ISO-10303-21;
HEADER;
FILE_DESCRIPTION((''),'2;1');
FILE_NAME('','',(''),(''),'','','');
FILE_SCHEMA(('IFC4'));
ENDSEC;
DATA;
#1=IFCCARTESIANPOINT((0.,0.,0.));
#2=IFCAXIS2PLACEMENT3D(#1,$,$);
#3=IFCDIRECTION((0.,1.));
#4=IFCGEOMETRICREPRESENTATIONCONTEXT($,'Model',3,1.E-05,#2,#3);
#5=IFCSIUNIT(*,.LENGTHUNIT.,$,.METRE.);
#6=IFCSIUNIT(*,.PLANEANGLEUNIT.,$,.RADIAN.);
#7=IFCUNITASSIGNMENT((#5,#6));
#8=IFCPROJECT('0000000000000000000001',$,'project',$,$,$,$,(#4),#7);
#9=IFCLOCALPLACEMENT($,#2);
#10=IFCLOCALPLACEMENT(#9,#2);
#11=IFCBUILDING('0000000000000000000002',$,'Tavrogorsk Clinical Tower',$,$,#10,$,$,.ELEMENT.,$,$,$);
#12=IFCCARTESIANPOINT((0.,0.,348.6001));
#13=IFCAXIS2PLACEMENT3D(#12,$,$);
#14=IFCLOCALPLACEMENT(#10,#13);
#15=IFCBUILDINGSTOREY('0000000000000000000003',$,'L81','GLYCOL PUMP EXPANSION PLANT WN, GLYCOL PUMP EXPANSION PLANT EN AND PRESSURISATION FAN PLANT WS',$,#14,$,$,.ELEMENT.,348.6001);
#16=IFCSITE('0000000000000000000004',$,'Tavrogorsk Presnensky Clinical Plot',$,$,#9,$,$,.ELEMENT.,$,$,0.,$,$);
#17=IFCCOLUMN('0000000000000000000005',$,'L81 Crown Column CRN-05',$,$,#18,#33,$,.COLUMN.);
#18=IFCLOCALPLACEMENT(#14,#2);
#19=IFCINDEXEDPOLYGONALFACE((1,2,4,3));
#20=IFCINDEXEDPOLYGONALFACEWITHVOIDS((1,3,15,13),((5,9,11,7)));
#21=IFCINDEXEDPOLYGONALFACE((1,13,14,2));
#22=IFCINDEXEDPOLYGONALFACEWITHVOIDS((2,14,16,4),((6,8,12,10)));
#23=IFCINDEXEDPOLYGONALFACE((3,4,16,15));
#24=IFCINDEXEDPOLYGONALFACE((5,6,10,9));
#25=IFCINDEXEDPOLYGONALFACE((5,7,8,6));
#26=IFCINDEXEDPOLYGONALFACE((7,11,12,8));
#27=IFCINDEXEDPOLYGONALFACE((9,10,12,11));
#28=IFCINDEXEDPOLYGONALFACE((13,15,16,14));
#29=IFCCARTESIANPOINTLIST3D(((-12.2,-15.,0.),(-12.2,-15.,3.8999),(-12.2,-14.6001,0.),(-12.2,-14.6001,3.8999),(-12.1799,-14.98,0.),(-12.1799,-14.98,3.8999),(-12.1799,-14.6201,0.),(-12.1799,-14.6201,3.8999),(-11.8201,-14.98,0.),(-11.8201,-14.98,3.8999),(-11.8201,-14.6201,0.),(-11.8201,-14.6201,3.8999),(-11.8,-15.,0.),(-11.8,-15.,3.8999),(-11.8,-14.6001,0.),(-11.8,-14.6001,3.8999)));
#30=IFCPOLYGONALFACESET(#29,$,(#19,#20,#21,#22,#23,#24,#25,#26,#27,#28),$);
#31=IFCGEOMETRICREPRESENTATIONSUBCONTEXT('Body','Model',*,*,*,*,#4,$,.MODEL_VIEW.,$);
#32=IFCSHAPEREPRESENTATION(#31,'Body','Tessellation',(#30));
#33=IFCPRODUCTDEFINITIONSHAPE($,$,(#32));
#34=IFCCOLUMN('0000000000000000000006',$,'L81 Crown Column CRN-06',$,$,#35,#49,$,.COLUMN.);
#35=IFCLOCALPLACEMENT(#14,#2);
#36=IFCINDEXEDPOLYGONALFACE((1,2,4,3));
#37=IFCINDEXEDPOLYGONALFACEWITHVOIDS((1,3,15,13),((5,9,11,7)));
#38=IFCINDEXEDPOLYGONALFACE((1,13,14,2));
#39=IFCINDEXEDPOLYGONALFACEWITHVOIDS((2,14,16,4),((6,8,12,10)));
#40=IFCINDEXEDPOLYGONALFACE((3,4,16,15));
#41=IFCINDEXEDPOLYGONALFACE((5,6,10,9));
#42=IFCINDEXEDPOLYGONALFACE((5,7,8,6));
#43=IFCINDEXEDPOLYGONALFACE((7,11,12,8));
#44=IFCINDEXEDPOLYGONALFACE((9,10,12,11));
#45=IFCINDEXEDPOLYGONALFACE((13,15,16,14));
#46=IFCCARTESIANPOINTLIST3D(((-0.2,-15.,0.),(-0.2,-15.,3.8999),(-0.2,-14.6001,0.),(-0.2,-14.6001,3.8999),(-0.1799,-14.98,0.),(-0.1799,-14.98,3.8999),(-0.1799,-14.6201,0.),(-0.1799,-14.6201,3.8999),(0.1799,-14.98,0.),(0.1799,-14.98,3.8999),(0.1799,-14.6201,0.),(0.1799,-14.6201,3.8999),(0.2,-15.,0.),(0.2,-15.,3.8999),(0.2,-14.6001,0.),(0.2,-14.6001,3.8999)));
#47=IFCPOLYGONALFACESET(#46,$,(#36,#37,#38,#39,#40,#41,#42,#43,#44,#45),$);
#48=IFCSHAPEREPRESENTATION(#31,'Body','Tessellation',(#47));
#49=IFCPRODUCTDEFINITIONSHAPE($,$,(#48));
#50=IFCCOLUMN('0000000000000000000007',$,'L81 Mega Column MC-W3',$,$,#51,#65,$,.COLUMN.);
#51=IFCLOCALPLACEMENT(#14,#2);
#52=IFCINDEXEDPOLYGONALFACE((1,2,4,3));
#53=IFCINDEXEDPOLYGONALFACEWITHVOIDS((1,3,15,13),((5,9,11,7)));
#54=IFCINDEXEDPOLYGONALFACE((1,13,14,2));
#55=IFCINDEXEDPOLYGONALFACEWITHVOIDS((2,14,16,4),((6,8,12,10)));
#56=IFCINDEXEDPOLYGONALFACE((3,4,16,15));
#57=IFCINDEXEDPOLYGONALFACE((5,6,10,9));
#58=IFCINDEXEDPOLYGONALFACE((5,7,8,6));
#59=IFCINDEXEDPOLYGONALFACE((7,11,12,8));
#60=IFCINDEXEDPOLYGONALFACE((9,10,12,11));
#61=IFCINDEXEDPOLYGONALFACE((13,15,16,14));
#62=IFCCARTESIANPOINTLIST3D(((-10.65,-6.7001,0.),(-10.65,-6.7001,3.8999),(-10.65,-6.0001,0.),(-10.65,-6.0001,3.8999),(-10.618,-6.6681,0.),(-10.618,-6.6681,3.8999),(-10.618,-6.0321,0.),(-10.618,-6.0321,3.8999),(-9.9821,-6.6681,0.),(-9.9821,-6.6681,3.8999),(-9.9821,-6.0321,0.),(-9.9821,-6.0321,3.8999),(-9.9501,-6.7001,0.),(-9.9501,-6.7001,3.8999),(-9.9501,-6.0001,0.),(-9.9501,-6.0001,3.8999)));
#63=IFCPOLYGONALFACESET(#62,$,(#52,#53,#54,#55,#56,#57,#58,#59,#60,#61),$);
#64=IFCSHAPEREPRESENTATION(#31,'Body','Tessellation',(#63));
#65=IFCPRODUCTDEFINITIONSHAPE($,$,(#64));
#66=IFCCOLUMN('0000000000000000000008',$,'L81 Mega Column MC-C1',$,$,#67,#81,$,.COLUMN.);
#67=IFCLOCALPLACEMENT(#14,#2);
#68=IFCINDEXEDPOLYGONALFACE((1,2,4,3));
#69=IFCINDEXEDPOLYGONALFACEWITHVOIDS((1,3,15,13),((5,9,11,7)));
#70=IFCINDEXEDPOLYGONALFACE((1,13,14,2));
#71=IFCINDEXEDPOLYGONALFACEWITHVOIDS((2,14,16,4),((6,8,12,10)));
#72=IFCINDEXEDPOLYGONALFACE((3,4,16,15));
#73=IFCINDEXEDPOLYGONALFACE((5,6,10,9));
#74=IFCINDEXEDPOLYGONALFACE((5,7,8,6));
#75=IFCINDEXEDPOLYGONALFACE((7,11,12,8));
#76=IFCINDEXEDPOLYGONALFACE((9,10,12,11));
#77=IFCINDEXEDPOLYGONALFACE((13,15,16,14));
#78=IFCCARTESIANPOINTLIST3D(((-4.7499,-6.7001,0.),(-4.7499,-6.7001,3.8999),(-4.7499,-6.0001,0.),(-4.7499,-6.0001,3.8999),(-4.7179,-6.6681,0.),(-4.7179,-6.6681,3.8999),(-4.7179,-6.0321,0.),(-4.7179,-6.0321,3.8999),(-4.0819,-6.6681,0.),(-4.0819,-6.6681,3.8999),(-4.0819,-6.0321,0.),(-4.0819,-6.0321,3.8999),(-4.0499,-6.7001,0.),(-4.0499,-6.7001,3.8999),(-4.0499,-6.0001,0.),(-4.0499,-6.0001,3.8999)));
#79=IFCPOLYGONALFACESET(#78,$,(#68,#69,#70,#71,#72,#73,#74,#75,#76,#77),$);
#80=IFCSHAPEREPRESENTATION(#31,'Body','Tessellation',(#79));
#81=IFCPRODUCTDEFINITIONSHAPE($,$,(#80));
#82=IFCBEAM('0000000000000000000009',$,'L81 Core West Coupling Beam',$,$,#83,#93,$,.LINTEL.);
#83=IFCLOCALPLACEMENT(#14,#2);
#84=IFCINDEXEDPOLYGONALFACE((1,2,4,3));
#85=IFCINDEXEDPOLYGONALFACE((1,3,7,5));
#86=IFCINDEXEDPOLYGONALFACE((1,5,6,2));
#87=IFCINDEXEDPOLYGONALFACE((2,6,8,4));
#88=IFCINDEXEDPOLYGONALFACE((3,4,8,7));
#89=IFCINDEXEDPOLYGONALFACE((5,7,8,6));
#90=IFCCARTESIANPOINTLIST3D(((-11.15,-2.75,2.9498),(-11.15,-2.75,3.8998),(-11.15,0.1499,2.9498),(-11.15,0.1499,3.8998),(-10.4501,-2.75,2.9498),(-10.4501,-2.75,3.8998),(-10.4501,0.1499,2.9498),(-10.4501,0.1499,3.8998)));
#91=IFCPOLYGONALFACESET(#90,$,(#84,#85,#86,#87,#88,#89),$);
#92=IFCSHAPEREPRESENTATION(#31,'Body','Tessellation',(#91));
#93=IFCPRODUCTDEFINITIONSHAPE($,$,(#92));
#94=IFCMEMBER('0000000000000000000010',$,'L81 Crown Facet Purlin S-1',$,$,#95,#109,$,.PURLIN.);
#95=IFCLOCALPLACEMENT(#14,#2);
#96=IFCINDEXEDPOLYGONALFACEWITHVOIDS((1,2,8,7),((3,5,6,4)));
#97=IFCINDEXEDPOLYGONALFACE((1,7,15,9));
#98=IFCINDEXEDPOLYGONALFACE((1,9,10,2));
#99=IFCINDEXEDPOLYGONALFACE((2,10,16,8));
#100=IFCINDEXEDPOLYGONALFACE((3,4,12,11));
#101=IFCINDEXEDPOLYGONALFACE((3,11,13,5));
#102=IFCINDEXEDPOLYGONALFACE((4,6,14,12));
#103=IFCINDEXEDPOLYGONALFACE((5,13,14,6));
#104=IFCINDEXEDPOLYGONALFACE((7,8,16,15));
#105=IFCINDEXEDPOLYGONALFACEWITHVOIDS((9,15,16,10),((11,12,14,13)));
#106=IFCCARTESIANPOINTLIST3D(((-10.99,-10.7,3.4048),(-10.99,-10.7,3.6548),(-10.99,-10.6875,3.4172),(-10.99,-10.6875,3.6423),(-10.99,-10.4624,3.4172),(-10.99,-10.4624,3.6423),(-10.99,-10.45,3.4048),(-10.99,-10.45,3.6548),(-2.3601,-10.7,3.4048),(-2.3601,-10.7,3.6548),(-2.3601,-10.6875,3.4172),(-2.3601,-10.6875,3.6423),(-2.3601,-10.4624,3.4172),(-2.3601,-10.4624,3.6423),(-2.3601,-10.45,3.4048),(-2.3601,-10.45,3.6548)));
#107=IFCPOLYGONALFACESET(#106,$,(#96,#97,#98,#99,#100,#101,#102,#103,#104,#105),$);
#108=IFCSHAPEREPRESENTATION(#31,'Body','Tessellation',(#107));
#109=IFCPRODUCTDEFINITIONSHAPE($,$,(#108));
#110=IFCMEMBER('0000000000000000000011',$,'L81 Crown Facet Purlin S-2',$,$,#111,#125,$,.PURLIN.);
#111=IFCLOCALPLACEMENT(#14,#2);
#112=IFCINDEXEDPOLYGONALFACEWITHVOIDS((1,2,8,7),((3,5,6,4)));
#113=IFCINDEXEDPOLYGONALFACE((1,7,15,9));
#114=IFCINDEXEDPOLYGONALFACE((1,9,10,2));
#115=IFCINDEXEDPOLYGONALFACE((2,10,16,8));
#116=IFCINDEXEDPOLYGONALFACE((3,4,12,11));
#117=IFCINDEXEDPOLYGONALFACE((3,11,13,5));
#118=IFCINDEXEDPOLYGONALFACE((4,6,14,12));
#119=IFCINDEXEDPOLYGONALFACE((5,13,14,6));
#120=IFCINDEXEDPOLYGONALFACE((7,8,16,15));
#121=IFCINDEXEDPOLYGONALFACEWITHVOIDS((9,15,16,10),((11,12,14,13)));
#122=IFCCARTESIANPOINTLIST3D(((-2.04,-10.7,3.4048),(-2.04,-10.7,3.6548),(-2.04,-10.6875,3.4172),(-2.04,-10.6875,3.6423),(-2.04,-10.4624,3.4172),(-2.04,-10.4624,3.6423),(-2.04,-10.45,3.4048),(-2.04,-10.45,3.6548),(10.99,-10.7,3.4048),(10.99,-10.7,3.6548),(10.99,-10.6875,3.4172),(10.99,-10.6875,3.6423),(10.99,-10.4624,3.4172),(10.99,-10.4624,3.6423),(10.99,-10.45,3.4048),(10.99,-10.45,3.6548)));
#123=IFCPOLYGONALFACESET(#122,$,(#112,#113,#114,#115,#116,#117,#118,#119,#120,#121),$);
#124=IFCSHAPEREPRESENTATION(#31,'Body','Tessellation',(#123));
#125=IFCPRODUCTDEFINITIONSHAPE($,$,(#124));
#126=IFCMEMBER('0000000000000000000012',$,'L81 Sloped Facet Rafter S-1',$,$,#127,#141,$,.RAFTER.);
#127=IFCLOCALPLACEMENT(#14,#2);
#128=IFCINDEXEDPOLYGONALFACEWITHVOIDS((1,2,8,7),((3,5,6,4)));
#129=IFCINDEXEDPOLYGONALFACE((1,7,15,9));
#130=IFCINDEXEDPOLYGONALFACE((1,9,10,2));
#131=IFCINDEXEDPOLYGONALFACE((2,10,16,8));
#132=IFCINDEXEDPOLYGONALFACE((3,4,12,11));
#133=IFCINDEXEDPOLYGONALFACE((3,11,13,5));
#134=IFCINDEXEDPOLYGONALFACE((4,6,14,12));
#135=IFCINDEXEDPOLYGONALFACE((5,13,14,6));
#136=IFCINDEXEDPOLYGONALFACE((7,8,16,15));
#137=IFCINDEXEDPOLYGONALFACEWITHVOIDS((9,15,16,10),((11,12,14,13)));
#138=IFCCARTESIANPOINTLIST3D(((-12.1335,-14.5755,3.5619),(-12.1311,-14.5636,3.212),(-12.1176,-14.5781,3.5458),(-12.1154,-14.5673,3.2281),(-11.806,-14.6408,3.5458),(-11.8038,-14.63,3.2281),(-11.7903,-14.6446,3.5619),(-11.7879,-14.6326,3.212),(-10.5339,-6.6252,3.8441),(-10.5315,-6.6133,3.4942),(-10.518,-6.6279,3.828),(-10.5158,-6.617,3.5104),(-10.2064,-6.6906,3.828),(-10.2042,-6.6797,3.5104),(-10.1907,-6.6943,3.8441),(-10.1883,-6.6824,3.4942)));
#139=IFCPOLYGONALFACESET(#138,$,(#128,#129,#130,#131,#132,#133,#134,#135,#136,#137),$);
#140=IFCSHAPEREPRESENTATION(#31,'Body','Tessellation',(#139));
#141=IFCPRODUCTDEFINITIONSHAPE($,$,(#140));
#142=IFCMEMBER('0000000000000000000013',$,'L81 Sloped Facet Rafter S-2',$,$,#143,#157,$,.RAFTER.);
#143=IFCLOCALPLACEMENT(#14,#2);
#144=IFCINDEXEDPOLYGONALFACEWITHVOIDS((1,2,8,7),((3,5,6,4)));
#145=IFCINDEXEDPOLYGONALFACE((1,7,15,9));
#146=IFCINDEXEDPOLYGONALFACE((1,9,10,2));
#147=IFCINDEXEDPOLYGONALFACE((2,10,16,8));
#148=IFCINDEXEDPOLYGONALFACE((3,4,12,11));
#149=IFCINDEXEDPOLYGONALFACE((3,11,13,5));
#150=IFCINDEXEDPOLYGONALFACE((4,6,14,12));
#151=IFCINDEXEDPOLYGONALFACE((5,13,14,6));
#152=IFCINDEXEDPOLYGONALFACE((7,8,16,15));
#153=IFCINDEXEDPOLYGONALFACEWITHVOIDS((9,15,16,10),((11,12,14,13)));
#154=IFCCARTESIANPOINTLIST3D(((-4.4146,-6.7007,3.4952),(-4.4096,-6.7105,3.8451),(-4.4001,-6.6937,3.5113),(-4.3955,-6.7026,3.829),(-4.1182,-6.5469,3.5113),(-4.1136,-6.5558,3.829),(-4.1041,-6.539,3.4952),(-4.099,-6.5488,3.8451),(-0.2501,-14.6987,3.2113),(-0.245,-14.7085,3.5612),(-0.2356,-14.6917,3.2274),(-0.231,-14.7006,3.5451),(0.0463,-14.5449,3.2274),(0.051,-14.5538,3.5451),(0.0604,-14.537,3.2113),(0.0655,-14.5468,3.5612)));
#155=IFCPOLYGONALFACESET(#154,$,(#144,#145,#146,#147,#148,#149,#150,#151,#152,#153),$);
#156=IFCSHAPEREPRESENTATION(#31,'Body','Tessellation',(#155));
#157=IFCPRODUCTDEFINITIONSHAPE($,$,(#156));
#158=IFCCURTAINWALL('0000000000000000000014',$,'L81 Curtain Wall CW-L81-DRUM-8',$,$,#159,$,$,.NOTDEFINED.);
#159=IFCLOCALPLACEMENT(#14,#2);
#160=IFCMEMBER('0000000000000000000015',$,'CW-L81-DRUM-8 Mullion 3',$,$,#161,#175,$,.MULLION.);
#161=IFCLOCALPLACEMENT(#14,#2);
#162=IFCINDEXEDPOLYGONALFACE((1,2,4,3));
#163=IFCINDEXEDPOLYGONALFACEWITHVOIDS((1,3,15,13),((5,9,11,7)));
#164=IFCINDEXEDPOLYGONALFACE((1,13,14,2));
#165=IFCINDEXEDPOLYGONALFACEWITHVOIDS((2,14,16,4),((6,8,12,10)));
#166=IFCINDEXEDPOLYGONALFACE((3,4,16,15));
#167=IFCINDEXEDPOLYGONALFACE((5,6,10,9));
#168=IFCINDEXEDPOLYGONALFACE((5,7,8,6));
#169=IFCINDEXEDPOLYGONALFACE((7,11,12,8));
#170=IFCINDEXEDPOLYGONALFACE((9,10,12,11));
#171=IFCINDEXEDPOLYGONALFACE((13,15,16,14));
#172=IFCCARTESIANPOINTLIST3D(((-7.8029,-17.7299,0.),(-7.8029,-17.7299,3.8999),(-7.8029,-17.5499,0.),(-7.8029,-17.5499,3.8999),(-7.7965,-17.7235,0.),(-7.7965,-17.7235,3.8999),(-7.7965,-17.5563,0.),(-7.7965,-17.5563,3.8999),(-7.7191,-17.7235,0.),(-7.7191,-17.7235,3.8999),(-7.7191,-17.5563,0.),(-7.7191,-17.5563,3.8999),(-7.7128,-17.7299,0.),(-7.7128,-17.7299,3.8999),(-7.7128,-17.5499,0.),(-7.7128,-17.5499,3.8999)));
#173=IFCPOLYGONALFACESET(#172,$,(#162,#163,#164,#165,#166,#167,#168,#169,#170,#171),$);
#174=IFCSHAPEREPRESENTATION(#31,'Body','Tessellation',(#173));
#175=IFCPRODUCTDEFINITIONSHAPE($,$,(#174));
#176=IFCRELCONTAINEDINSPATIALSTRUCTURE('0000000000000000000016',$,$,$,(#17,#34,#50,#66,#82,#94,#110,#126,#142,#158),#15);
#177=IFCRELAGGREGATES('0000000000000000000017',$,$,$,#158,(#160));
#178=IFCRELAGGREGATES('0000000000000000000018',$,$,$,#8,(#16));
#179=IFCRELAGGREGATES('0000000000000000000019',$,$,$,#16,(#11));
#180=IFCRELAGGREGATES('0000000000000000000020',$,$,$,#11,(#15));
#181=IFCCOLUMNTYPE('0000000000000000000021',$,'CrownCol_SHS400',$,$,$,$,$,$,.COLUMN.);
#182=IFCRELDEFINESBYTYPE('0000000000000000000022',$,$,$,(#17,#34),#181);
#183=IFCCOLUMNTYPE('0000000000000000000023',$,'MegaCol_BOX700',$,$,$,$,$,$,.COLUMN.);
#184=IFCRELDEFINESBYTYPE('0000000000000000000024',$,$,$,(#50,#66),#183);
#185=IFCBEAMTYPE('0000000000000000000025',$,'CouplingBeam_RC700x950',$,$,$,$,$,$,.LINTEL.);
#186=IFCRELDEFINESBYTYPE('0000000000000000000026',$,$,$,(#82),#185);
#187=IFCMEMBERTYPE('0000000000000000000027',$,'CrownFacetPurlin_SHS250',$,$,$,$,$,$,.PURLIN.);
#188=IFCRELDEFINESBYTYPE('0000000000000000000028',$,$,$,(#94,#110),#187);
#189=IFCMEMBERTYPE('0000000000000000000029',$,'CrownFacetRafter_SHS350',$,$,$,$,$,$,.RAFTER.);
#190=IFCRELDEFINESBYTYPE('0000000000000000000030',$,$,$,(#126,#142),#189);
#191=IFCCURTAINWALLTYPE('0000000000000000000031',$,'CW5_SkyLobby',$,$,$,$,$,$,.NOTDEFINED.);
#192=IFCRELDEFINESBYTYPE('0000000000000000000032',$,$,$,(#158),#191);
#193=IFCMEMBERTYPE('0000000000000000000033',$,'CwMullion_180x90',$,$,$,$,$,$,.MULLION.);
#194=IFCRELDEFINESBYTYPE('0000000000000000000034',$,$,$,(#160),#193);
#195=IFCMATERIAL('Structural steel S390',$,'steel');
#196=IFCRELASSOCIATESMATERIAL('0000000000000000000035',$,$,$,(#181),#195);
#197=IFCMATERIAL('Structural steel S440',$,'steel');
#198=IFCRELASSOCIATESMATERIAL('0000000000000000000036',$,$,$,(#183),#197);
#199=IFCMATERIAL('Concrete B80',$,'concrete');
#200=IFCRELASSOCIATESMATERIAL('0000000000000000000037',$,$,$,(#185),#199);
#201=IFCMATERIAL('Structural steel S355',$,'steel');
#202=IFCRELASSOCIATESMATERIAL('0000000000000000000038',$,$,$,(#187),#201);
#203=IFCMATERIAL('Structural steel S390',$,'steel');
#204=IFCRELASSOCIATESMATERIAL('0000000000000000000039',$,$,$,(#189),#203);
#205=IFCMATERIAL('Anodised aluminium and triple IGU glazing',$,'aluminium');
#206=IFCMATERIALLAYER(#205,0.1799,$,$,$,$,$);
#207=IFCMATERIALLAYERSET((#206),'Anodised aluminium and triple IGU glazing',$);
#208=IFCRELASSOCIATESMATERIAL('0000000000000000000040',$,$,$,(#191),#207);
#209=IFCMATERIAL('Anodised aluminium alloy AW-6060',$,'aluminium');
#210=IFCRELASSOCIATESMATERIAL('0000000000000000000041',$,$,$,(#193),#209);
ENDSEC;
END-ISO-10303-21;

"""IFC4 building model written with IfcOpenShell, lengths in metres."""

from ifc_helpers import new_model, si_unit, direction, frame, origin, origin_2d, place, context, subcontext, project, spatial, rectangle, hollow_rectangle, extrude, material, layer, layer_set, material_profile, profile_set, type_object, element, aggregate, save


model = new_model("IFC4")

# Units and contexts
model_context = context("Model", 3, precision=1e-05, world=origin(), true_north=direction((0.0, 1.0)))
body_context = subcontext(model_context, "Body", "Model", "MODEL_VIEW")
ifc_project = project(units=[si_unit("LENGTHUNIT", "METRE"), si_unit("PLANEANGLEUNIT", "RADIAN")], contexts=[model_context])

# Site, building, storey
site_placement = place(None, origin())
site = spatial("IfcSite", under=ifc_project, at=site_placement, Name="Tavrogorsk Presnensky Clinical Plot", CompositionType="ELEMENT", RefElevation=0.0)
building_placement = place(site_placement, origin())
building = spatial("IfcBuilding", under=site, at=building_placement, Name="Tavrogorsk Clinical Tower", CompositionType="ELEMENT")
storey_placement = place(building_placement, frame((0.0, 0.0, 348.6001)))
storey = spatial("IfcBuildingStorey", under=building, at=storey_placement, Name="L81", Description="GLYCOL PUMP EXPANSION PLANT WN, GLYCOL PUMP EXPANSION PLANT EN AND PRESSURISATION FAN PLANT WS", CompositionType="ELEMENT", Elevation=348.6001)

# Columns
ifc_material_1 = material(Name="Structural steel S390", Category="steel")
ifc_material_profile_1 = material_profile(ifc_material_1, hollow_rectangle(XDim=0.3999, YDim=0.3999, WallThickness=0.02, at=origin_2d()), Name="SHS-400x400x20")
ifc_profile_set_1 = profile_set([ifc_material_profile_1], Name="Structural steel S390")
column_type_1 = type_object("IfcColumnType", Name="CrownCol_SHS400", PredefinedType="COLUMN", material=ifc_profile_set_1)
for number, where, z_axis, x_axis, name in (
    (1, (-12.0, -14.8, 0.0), (0.0, 0.0, 1.0), (1.0, 0.0, 0.0), "L81 Crown Column CRN-05"),
    (2, (0.0, -14.8, 0.0), (0.0, 0.0, 1.0), (1.0, 0.0, 0.0), "L81 Crown Column CRN-06"),
):
    element("IfcColumn", number, at=place(storey_placement, frame(where, z_axis=z_axis, x_axis=x_axis)), inside=storey, type_object=column_type_1, Name=name, PredefinedType="COLUMN", context=body_context, shape_type="SweptSolid", body=[
        extrude(hollow_rectangle(XDim=0.3999, YDim=0.3999, WallThickness=0.02, at=origin_2d()), origin(), (0.0, 0.0, 1.0), 3.8999),
    ])
ifc_material_2 = material(Name="Structural steel S440", Category="steel")
ifc_material_profile_2 = material_profile(ifc_material_2, hollow_rectangle(XDim=0.7, YDim=0.7, WallThickness=0.032, at=origin_2d()), Name="BOX-700x700x32")
ifc_profile_set_2 = profile_set([ifc_material_profile_2], Name="Structural steel S440")
column_type_2 = type_object("IfcColumnType", Name="MegaCol_BOX700", PredefinedType="COLUMN", material=ifc_profile_set_2)
for number, where, z_axis, x_axis, name in (
    (3, (-10.3, -6.3501, 0.0), (0.0, 0.0, 1.0), (1.0, 0.0, 0.0), "L81 Mega Column MC-W3"),
    (4, (-4.3999, -6.3501, 0.0), (0.0, 0.0, 1.0), (1.0, 0.0, 0.0), "L81 Mega Column MC-C1"),
):
    element("IfcColumn", number, at=place(storey_placement, frame(where, z_axis=z_axis, x_axis=x_axis)), inside=storey, type_object=column_type_2, Name=name, PredefinedType="COLUMN", context=body_context, shape_type="SweptSolid", body=[
        extrude(hollow_rectangle(XDim=0.7, YDim=0.7, WallThickness=0.032, at=origin_2d()), origin(), (0.0, 0.0, 1.0), 3.8999),
    ])

# Beam
ifc_material_3 = material(Name="Concrete B80", Category="concrete")
ifc_material_profile_3 = material_profile(ifc_material_3, rectangle(XDim=0.7, YDim=0.95, at=origin_2d()), Name="RC-CB-700x950")
ifc_profile_set_3 = profile_set([ifc_material_profile_3], Name="Concrete B80")
beam_type_1 = type_object("IfcBeamType", Name="CouplingBeam_RC700x950", PredefinedType="LINTEL", material=ifc_profile_set_3)
beam_1_placement = place(storey_placement, frame((-10.8, -2.75, 3.4248), z_axis=(0.0, 1.0, 0.0), x_axis=(-1.0, 0.0, 0.0)))
element("IfcBeam", 5, at=beam_1_placement, inside=storey, type_object=beam_type_1, Name="L81 Core West Coupling Beam", PredefinedType="LINTEL", context=body_context, shape_type="SweptSolid", body=[
    extrude(rectangle(XDim=0.7, YDim=0.95, at=origin_2d()), origin(), (0.0, 0.0, 1.0), 2.8999),
])

# Members
ifc_material_4 = material(Name="Structural steel S355", Category="steel")
ifc_material_profile_4 = material_profile(ifc_material_4, hollow_rectangle(XDim=0.25, YDim=0.25, WallThickness=0.0125, at=origin_2d()), Name="SHS-250x250x12.5")
ifc_profile_set_4 = profile_set([ifc_material_profile_4], Name="Structural steel S355")
member_type_1 = type_object("IfcMemberType", Name="CrownFacetPurlin_SHS250", PredefinedType="PURLIN", material=ifc_profile_set_4)
member_1_placement = place(storey_placement, frame((-10.99, -10.575, 3.5298), z_axis=(1.0, 0.0, 0.0), x_axis=(0.0, 1.0, 0.0)))
element("IfcMember", 6, at=member_1_placement, inside=storey, type_object=member_type_1, Name="L81 Crown Facet Purlin S-1", PredefinedType="PURLIN", context=body_context, shape_type="SweptSolid", body=[
    extrude(hollow_rectangle(XDim=0.25, YDim=0.25, WallThickness=0.0125, at=origin_2d()), origin(), (0.0, 0.0, 1.0), 8.6299),
])
member_2_placement = place(storey_placement, frame((-2.04, -10.575, 3.5298), z_axis=(1.0, 0.0, 0.0), x_axis=(0.0, 1.0, 0.0)))
element("IfcMember", 7, at=member_2_placement, inside=storey, type_object=member_type_1, Name="L81 Crown Facet Purlin S-2", PredefinedType="PURLIN", context=body_context, shape_type="SweptSolid", body=[
    extrude(hollow_rectangle(XDim=0.25, YDim=0.25, WallThickness=0.0125, at=origin_2d()), origin(), (0.0, 0.0, 1.0), 13.03),
])
ifc_material_5 = material(Name="Structural steel S390", Category="steel")
ifc_material_profile_5 = material_profile(ifc_material_5, hollow_rectangle(XDim=0.3501, YDim=0.3501, WallThickness=0.0161, at=origin_2d()), Name="SHS-350x350x16")
ifc_profile_set_5 = profile_set([ifc_material_profile_5], Name="Structural steel S390")
member_type_2 = type_object("IfcMemberType", Name="CrownFacetRafter_SHS350", PredefinedType="RAFTER", material=ifc_profile_set_5)
member_3_placement = place(storey_placement, frame((-10.3611, -6.6538, 3.6692), z_axis=(-0.197131, -0.97976, -0.034781), x_axis=(0.980353, -0.197251, 0.0)))
element("IfcMember", 8, at=member_3_placement, inside=storey, type_object=member_type_2, Name="L81 Sloped Facet Rafter S-1", PredefinedType="RAFTER", context=body_context, shape_type="SweptSolid", body=[
    extrude(hollow_rectangle(XDim=0.3501, YDim=0.3501, WallThickness=0.0161, at=origin_2d()), origin(), (0.0, 0.0, 1.0), 8.1145),
])
member_4_placement = place(storey_placement, frame((-4.2568, -6.6248, 3.6702), z_axis=(0.46161, -0.886525, -0.031472), x_axis=(0.886964, 0.461839, 0.0)))
element("IfcMember", 9, at=member_4_placement, inside=storey, type_object=member_type_2, Name="L81 Sloped Facet Rafter S-2", PredefinedType="RAFTER", context=body_context, shape_type="SweptSolid", body=[
    extrude(hollow_rectangle(XDim=0.3501, YDim=0.3501, WallThickness=0.0161, at=origin_2d()), origin(), (0.0, 0.0, 1.0), 9.0217),
])

# Curtain wall, member
ifc_material_6 = material(Name="Anodised aluminium and triple IGU glazing", Category="aluminium")
ifc_layer_1 = layer(ifc_material_6, 0.1799)
ifc_layer_set_1 = layer_set([ifc_layer_1], Name="Anodised aluminium and triple IGU glazing")
curtain_wall_type = type_object("IfcCurtainWallType", Name="CW5_SkyLobby", PredefinedType="NOTDEFINED", material=ifc_layer_set_1)
curtain_wall_placement = place(storey_placement, origin())
curtain_wall = element("IfcCurtainWall", 10, at=curtain_wall_placement, inside=storey, type_object=curtain_wall_type, Name="L81 Curtain Wall CW-L81-DRUM-8", PredefinedType="NOTDEFINED")
ifc_material_7 = material(Name="Anodised aluminium alloy AW-6060", Category="aluminium")
ifc_material_profile_6 = material_profile(ifc_material_7, hollow_rectangle(XDim=0.0901, YDim=0.1799, WallThickness=0.0063, at=origin_2d()), Name="RHS-180x90x6.3")
ifc_profile_set_6 = profile_set([ifc_material_profile_6], Name="Anodised aluminium alloy AW-6060")
member_type_3 = type_object("IfcMemberType", Name="CwMullion_180x90", PredefinedType="MULLION", material=ifc_profile_set_6)
member_5_placement = place(storey_placement, frame((-7.7578, -17.6399, 0.0), z_axis=(0.0, 0.0, 1.0), x_axis=(-1.0, 0.0, 0.0)))
member_5 = element("IfcMember", 11, at=member_5_placement, type_object=member_type_3, Name="CW-L81-DRUM-8 Mullion 3", PredefinedType="MULLION", context=body_context, shape_type="SweptSolid", body=[
    extrude(hollow_rectangle(XDim=0.0901, YDim=0.1799, WallThickness=0.0063, at=origin_2d()), origin(), (0.0, 0.0, 1.0), 3.8999),
])

aggregate(curtain_wall, [member_5])

save(model, "model.ifc")
